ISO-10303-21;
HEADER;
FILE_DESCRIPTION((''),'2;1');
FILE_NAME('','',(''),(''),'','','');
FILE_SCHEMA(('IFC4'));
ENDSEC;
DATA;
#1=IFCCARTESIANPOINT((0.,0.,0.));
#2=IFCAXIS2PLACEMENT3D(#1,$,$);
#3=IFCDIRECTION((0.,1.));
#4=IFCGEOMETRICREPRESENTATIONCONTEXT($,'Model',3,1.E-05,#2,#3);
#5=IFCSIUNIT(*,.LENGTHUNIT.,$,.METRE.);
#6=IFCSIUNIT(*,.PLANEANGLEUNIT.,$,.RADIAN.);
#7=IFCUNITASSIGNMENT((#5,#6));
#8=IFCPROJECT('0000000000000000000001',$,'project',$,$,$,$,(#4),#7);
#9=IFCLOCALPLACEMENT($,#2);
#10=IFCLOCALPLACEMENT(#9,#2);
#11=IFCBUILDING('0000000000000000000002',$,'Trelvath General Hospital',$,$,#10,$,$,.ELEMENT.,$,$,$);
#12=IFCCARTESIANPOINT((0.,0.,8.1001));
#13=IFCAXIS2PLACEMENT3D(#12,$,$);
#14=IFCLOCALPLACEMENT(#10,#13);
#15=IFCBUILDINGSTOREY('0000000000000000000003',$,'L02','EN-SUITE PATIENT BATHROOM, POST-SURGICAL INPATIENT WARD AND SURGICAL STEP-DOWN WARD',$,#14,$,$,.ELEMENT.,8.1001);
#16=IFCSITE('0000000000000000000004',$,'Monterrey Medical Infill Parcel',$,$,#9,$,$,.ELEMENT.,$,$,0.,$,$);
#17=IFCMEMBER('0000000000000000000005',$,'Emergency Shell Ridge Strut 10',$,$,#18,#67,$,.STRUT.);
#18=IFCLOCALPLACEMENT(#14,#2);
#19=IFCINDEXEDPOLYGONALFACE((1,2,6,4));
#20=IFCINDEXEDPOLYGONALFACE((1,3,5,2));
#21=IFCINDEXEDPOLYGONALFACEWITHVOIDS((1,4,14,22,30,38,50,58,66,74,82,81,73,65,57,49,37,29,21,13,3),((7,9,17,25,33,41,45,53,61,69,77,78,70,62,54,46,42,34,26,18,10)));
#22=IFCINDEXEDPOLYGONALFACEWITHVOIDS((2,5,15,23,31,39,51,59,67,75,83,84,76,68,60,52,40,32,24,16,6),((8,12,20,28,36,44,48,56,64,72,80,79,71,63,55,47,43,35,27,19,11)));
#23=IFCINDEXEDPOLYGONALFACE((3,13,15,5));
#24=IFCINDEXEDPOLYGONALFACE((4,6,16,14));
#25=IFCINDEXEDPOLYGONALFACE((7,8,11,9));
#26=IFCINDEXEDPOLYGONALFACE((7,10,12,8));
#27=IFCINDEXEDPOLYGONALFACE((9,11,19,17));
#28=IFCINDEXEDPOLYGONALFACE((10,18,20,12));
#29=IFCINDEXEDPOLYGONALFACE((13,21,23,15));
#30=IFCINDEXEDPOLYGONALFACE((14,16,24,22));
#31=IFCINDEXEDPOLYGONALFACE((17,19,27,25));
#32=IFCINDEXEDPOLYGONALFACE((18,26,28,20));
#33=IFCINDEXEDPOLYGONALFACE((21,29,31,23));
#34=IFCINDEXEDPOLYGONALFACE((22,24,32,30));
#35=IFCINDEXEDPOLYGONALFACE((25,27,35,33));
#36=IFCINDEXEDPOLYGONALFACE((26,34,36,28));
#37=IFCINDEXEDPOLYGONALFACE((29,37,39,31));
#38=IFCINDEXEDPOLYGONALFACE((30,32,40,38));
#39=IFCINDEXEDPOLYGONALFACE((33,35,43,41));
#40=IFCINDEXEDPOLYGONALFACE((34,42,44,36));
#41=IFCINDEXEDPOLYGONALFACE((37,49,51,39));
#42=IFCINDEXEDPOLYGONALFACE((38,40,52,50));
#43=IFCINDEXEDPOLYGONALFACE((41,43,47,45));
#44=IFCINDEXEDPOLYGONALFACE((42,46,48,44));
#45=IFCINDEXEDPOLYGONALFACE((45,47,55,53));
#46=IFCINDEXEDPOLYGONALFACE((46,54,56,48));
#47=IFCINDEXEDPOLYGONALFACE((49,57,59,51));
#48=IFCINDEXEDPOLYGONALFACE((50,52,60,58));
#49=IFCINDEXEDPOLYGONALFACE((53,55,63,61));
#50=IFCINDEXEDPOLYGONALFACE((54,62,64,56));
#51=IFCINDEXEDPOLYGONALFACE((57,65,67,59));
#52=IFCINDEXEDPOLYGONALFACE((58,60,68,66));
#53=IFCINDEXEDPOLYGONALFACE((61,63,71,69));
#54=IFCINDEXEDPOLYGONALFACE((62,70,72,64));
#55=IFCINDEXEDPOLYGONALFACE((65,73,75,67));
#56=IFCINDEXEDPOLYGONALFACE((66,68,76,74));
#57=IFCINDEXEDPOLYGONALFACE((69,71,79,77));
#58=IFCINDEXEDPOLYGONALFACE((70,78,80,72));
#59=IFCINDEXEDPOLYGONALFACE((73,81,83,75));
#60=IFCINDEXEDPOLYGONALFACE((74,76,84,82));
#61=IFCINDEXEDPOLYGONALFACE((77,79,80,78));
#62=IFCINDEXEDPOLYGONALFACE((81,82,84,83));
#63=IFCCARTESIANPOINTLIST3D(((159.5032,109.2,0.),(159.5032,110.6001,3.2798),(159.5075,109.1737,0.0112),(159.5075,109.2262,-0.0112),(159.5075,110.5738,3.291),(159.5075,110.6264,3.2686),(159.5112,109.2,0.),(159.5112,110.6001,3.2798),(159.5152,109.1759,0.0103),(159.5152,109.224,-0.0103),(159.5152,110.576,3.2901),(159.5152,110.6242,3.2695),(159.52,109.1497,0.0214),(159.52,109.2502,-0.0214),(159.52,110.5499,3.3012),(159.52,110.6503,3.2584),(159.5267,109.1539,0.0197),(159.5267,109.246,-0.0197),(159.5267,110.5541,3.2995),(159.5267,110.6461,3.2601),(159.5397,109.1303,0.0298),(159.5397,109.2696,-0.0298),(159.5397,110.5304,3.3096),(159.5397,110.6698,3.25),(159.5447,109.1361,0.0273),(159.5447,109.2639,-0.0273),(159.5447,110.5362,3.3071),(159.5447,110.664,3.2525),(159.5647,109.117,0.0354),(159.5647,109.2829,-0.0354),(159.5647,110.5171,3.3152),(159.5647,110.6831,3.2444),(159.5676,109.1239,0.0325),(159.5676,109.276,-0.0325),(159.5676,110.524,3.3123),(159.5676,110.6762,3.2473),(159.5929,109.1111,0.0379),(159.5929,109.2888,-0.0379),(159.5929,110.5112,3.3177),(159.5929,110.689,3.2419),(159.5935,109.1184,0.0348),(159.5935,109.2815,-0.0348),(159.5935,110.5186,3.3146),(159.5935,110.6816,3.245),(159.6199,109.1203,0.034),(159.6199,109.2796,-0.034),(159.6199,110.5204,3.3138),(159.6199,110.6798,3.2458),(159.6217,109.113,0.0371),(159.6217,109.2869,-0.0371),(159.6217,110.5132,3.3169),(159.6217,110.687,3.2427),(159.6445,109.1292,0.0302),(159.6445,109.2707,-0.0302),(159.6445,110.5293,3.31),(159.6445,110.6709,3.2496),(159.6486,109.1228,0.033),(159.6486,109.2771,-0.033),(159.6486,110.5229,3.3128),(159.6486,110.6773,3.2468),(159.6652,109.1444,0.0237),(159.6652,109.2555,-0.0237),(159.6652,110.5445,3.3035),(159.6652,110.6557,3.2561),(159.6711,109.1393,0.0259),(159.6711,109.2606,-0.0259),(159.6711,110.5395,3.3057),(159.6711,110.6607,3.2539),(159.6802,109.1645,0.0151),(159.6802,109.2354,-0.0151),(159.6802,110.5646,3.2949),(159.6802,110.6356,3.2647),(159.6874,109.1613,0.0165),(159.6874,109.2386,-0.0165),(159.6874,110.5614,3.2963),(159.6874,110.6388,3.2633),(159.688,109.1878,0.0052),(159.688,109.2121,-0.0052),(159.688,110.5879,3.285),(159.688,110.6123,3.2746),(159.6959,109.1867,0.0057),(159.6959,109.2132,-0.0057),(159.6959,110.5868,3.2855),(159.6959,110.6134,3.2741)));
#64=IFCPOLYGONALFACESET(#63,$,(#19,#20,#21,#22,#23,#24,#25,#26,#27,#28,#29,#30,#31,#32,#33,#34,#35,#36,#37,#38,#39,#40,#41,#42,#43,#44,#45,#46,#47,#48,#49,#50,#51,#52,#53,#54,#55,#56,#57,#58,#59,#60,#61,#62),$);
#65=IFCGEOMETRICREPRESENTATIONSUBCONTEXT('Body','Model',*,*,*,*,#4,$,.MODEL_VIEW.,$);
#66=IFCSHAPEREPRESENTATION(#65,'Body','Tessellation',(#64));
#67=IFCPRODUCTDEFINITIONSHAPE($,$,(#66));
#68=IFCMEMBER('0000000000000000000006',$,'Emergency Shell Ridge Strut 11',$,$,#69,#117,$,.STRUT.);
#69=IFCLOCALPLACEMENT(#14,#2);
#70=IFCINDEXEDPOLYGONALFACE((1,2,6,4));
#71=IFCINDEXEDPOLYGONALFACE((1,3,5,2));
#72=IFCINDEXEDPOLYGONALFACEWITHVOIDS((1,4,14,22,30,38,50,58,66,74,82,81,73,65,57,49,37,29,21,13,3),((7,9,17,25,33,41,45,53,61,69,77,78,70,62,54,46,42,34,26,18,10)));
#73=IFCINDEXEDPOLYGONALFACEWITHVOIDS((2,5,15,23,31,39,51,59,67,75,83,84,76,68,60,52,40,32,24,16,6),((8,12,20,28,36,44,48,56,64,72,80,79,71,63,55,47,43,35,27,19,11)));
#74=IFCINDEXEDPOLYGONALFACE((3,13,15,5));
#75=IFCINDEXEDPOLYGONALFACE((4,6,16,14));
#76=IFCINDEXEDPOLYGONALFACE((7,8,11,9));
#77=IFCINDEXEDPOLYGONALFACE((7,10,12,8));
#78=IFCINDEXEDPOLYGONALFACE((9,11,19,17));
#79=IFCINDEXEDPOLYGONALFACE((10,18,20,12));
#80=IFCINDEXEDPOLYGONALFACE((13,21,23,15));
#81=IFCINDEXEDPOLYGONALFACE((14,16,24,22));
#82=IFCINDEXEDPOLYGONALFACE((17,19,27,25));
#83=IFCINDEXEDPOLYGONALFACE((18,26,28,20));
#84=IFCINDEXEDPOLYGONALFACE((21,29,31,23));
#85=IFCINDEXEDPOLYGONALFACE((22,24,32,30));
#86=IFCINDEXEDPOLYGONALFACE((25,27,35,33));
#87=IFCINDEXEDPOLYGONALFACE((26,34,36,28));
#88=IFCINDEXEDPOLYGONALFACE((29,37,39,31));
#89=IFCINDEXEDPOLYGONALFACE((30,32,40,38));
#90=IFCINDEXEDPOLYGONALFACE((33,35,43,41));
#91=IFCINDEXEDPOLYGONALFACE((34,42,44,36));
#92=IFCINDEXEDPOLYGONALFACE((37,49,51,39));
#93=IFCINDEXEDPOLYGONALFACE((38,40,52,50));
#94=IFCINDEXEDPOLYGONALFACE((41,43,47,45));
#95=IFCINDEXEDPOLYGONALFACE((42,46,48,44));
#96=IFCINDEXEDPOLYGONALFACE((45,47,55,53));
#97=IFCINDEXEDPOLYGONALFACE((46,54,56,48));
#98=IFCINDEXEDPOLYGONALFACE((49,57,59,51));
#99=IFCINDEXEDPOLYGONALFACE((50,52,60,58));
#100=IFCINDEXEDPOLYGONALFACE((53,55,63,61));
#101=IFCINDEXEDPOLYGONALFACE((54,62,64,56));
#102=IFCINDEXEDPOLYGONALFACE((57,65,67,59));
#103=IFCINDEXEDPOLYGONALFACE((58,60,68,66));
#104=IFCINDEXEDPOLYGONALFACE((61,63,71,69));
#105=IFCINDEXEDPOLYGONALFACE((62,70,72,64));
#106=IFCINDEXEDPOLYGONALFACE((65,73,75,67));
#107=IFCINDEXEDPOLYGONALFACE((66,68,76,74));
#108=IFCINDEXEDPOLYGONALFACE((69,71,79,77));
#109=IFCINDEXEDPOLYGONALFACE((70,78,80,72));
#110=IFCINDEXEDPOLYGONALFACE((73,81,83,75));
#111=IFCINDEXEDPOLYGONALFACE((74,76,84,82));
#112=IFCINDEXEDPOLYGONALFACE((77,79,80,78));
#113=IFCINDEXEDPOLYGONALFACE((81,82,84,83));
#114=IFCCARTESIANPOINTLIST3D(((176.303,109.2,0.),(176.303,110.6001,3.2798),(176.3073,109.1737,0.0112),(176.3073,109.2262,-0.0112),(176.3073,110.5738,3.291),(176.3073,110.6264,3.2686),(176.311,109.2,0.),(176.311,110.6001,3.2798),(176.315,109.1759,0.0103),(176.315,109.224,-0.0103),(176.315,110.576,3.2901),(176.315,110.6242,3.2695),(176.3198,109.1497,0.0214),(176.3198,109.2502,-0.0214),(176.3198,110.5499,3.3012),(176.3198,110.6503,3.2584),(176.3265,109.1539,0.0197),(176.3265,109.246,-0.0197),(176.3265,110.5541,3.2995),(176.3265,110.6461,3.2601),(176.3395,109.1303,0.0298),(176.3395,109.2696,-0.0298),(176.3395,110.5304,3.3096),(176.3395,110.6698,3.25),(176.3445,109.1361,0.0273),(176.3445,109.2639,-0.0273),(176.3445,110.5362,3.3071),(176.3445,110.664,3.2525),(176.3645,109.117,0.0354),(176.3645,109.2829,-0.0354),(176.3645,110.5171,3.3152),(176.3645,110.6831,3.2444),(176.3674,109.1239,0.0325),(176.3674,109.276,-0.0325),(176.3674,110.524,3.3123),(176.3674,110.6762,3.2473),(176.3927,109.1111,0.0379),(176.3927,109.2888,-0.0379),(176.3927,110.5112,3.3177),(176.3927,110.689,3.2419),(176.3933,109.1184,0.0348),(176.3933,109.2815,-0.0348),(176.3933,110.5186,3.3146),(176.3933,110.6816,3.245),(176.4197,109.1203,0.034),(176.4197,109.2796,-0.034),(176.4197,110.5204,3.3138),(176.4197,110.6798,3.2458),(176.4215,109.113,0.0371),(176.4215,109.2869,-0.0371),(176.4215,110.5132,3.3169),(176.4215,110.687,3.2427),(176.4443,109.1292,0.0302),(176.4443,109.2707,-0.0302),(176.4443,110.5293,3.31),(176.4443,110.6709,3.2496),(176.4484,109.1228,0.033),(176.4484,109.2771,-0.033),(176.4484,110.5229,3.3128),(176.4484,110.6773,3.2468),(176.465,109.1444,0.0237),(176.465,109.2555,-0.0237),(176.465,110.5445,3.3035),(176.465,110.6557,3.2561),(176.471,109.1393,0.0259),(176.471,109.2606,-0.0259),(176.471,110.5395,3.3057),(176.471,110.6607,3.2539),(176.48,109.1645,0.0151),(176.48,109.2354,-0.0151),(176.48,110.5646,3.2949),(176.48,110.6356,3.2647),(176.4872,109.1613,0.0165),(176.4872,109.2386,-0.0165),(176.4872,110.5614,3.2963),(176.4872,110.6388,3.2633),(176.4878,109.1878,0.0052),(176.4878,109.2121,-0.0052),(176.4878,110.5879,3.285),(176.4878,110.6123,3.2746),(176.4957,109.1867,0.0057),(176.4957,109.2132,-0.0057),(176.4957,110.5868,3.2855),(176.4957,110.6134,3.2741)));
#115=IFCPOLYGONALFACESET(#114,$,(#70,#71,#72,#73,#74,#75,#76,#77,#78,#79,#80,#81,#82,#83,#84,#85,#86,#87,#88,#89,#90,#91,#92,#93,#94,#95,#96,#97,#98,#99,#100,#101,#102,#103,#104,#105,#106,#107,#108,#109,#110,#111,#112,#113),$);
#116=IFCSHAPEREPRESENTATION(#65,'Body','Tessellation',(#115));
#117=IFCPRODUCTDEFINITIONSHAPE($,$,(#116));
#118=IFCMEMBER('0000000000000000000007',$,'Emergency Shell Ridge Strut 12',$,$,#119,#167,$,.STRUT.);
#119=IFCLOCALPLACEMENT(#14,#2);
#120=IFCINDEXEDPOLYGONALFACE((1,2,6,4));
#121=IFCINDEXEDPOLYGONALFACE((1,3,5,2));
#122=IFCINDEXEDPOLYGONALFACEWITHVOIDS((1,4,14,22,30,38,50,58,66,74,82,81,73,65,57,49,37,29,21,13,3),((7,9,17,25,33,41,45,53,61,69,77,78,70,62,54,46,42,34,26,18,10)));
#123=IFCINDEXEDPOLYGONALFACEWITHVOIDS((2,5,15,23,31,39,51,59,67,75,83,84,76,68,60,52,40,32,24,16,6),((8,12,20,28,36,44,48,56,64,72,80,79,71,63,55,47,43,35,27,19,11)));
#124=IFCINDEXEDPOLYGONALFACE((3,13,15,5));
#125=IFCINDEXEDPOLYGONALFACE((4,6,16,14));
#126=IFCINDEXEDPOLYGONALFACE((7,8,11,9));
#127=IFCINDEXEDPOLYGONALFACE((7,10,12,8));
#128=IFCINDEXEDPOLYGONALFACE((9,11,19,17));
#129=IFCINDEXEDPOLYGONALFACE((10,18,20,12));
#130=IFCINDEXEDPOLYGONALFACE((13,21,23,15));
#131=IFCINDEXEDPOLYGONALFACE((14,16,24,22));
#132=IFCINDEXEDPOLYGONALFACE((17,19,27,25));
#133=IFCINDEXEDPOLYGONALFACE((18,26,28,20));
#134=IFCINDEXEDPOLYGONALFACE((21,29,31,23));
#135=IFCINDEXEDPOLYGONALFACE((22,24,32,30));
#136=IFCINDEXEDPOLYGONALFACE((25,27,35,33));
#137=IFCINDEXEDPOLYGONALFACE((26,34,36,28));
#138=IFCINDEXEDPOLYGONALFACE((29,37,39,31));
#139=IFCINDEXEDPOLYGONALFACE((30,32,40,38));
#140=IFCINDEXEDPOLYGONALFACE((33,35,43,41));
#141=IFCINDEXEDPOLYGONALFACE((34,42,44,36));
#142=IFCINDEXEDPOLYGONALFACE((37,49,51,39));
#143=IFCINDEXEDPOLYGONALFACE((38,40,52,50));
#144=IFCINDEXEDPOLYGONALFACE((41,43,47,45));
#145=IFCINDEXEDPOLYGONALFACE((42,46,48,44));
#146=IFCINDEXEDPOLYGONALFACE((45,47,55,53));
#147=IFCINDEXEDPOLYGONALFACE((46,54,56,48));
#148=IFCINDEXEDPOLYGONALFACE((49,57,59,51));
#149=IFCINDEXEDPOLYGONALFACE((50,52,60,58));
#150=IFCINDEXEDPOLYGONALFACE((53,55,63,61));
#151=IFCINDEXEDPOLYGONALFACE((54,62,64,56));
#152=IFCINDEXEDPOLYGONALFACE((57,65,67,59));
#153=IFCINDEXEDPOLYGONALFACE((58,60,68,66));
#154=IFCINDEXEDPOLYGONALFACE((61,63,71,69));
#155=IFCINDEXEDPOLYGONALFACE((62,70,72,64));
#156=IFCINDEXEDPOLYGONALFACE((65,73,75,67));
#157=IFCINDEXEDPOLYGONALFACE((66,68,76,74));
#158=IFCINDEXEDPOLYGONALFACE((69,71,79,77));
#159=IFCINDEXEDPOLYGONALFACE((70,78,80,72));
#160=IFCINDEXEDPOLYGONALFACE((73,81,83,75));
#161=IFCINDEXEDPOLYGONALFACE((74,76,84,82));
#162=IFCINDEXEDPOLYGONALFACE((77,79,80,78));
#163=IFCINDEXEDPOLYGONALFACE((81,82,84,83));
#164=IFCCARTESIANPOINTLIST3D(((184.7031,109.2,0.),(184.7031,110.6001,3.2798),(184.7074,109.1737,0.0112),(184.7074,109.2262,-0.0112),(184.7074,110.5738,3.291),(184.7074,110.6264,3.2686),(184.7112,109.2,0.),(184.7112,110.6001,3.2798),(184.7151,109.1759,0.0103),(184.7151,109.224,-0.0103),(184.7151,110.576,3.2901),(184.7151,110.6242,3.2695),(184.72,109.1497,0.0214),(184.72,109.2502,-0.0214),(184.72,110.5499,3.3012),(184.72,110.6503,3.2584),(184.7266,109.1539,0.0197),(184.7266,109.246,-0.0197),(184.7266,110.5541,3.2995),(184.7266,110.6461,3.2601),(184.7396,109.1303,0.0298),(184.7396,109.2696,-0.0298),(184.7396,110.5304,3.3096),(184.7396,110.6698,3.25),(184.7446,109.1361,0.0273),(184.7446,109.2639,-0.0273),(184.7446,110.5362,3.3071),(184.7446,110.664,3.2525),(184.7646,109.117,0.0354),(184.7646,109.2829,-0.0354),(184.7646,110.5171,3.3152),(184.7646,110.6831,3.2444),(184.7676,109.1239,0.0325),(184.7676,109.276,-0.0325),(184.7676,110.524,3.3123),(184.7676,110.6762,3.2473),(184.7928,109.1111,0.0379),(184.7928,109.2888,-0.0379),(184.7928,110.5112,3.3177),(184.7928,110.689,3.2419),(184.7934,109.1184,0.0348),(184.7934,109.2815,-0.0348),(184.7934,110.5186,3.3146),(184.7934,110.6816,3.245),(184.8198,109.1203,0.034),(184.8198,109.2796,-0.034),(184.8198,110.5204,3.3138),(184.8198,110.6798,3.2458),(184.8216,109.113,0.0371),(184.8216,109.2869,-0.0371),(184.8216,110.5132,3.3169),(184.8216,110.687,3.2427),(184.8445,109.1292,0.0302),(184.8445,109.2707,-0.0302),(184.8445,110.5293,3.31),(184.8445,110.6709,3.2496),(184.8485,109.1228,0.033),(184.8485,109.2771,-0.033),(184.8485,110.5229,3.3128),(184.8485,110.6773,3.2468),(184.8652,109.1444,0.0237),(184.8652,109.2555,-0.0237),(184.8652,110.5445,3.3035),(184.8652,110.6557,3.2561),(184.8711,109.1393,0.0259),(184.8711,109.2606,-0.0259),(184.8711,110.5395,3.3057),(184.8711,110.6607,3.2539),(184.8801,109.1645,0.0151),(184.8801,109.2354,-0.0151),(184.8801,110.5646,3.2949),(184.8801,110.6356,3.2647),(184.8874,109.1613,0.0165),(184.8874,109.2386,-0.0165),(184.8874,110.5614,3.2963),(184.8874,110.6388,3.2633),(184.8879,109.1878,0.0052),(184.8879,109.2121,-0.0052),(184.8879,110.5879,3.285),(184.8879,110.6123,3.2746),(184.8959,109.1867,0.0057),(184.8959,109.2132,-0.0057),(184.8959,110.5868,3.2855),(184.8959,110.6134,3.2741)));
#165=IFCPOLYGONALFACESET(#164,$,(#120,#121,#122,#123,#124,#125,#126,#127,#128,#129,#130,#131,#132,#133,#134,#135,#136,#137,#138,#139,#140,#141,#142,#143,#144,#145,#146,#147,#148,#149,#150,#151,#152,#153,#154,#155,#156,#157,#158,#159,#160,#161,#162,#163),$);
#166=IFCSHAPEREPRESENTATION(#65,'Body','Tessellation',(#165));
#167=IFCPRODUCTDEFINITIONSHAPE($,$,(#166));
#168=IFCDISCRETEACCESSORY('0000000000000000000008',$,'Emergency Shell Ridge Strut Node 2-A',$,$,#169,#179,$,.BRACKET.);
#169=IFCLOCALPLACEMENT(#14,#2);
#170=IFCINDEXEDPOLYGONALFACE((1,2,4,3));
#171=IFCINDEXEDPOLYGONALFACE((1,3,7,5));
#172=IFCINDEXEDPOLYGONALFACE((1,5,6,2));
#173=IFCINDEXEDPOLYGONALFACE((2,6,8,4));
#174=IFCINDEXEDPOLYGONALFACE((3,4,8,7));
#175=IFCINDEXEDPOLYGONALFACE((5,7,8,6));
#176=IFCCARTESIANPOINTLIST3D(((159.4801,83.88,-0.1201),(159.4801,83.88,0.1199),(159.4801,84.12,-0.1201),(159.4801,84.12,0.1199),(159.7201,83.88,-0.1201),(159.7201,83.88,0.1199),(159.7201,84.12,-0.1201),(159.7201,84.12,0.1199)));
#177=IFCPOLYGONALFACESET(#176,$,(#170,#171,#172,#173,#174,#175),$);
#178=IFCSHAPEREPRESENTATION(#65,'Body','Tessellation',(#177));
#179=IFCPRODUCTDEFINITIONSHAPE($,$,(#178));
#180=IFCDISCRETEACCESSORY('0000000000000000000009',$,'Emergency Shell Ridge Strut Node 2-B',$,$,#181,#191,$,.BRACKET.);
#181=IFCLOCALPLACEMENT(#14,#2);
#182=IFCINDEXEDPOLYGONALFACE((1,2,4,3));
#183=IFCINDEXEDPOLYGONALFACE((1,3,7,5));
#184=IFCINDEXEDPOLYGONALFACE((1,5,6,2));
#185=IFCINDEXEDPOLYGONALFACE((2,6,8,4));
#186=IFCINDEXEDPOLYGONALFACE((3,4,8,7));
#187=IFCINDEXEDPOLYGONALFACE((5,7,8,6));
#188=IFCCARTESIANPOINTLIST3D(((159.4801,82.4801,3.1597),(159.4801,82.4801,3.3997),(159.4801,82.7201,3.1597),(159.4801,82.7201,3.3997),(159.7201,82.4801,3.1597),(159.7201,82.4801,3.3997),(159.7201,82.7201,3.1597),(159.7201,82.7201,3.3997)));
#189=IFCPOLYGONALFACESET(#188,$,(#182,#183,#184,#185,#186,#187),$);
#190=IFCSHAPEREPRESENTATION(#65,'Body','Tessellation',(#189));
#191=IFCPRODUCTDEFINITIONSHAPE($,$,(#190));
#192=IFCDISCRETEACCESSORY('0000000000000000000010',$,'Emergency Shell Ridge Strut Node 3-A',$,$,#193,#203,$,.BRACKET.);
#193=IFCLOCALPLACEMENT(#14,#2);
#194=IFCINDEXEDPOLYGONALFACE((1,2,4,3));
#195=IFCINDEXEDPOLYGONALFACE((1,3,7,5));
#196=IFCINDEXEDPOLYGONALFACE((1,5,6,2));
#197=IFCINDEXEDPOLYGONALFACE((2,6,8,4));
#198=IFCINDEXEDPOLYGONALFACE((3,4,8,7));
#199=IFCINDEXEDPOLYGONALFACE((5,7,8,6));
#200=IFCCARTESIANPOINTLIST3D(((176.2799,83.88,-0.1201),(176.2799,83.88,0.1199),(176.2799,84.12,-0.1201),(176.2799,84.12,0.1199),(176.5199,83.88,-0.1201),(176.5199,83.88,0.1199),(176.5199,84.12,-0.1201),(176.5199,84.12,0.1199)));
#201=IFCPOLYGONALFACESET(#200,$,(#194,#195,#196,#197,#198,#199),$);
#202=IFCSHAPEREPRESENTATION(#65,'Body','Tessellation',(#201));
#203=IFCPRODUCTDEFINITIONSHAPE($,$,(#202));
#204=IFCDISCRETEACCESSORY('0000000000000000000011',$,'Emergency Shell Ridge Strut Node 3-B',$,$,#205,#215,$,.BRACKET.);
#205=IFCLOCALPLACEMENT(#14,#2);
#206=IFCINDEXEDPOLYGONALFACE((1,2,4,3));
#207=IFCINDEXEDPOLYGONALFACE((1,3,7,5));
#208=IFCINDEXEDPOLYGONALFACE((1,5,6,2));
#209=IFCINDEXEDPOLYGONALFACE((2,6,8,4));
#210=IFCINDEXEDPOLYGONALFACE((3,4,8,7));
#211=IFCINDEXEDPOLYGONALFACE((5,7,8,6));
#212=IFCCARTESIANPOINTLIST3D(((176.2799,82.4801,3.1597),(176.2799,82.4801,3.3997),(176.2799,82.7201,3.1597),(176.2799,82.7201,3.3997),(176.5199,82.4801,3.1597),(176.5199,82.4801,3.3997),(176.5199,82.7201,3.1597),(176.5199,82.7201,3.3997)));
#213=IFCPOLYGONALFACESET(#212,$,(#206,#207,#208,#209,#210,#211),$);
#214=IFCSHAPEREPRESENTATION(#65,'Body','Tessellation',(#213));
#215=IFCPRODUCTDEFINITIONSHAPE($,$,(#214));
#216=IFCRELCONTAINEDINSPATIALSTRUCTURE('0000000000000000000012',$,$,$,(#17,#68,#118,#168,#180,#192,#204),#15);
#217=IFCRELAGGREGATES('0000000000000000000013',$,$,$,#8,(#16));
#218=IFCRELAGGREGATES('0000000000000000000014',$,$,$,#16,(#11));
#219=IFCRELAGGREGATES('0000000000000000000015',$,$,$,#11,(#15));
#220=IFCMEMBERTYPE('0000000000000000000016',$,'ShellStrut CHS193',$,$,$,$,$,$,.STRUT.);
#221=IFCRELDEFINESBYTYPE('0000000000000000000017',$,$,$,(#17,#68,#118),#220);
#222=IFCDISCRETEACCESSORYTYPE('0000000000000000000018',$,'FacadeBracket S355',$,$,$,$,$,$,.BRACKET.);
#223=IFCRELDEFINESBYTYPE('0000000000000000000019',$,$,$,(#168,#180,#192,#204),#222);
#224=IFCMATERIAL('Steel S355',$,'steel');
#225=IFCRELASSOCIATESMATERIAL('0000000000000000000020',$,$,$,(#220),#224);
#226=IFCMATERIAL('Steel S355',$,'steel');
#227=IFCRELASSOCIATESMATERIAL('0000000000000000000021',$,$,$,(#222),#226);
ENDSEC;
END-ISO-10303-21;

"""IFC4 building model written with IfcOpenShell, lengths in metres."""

from ifc_helpers import new_model, si_unit, direction, frame, origin, origin_2d, place, context, subcontext, project, spatial, rectangle, hollow_circle, extrude, material, material_profile, profile_set, type_object, element, save


model = new_model("IFC4")

# Units and contexts
model_context = context("Model", 3, precision=1e-05, world=origin(), true_north=direction((0.0, 1.0)))
body_context = subcontext(model_context, "Body", "Model", "MODEL_VIEW")
ifc_project = project(units=[si_unit("LENGTHUNIT", "METRE"), si_unit("PLANEANGLEUNIT", "RADIAN")], contexts=[model_context])

# Site, building, storey
site_placement = place(None, origin())
site = spatial("IfcSite", under=ifc_project, at=site_placement, Name="Monterrey Medical Infill Parcel", CompositionType="ELEMENT", RefElevation=0.0)
building_placement = place(site_placement, origin())
building = spatial("IfcBuilding", under=site, at=building_placement, Name="Trelvath General Hospital", CompositionType="ELEMENT")
storey_placement = place(building_placement, frame((0.0, 0.0, 8.1001)))
storey = spatial("IfcBuildingStorey", under=building, at=storey_placement, Name="L02", Description="EN-SUITE PATIENT BATHROOM, POST-SURGICAL INPATIENT WARD AND SURGICAL STEP-DOWN WARD", CompositionType="ELEMENT", Elevation=8.1001)

# Members
ifc_material_1 = material(Name="Steel S355", Category="steel")
ifc_material_profile = material_profile(ifc_material_1, hollow_circle(Radius=0.0969, WallThickness=0.0081, at=origin_2d()), Name="CHS193.7x8.0")
ifc_profile_set = profile_set([ifc_material_profile], Name="Steel S355")
member_type = type_object("IfcMemberType", Name="ShellStrut CHS193", PredefinedType="STRUT", material=ifc_profile_set)
for number, where, z_axis, x_axis, name in (
    (1, (159.6001, 109.2, 0.0), (0.0, 0.392622, 0.9197), (-1.0, 0.0, 0.0), "Emergency Shell Ridge Strut 10"),
    (2, (176.3999, 109.2, 0.0), (0.0, 0.392622, 0.9197), (-1.0, 0.0, 0.0), "Emergency Shell Ridge Strut 11"),
    (3, (184.8, 109.2, 0.0), (0.0, 0.392622, 0.9197), (-1.0, 0.0, 0.0), "Emergency Shell Ridge Strut 12"),
):
    element("IfcMember", number, at=place(storey_placement, frame(where, z_axis=z_axis, x_axis=x_axis)), inside=storey, type_object=member_type, Name=name, PredefinedType="STRUT", context=body_context, shape_type="SweptSolid", body=[
        extrude(hollow_circle(Radius=0.0969, WallThickness=0.0081, at=origin_2d()), origin(), (0.0, 0.0, 1.0), 3.5662),
    ])

# Discrete accessories
ifc_material_2 = material(Name="Steel S355", Category="steel")
discrete_accessory_type = type_object("IfcDiscreteAccessoryType", Name="FacadeBracket S355", PredefinedType="BRACKET", material=ifc_material_2)
for number, where, z_axis, x_axis, name in (
    (4, (159.6001, 84.0, -0.1201), (0.0, 0.0, 1.0), (1.0, 0.0, 0.0), "Emergency Shell Ridge Strut Node 2-A"),
    (5, (159.6001, 82.6001, 3.1597), (0.0, 0.0, 1.0), (1.0, 0.0, 0.0), "Emergency Shell Ridge Strut Node 2-B"),
    (6, (176.3999, 84.0, -0.1201), (0.0, 0.0, 1.0), (1.0, 0.0, 0.0), "Emergency Shell Ridge Strut Node 3-A"),
    (7, (176.3999, 82.6001, 3.1597), (0.0, 0.0, 1.0), (1.0, 0.0, 0.0), "Emergency Shell Ridge Strut Node 3-B"),
):
    element("IfcDiscreteAccessory", number, at=place(storey_placement, frame(where, z_axis=z_axis, x_axis=x_axis)), inside=storey, type_object=discrete_accessory_type, Name=name, PredefinedType="BRACKET", context=body_context, shape_type="SweptSolid", body=[
        extrude(rectangle(XDim=0.24, YDim=0.24, at=origin_2d()), origin(), (0.0, 0.0, 1.0), 0.24),
    ])

save(model, "model.ifc")
